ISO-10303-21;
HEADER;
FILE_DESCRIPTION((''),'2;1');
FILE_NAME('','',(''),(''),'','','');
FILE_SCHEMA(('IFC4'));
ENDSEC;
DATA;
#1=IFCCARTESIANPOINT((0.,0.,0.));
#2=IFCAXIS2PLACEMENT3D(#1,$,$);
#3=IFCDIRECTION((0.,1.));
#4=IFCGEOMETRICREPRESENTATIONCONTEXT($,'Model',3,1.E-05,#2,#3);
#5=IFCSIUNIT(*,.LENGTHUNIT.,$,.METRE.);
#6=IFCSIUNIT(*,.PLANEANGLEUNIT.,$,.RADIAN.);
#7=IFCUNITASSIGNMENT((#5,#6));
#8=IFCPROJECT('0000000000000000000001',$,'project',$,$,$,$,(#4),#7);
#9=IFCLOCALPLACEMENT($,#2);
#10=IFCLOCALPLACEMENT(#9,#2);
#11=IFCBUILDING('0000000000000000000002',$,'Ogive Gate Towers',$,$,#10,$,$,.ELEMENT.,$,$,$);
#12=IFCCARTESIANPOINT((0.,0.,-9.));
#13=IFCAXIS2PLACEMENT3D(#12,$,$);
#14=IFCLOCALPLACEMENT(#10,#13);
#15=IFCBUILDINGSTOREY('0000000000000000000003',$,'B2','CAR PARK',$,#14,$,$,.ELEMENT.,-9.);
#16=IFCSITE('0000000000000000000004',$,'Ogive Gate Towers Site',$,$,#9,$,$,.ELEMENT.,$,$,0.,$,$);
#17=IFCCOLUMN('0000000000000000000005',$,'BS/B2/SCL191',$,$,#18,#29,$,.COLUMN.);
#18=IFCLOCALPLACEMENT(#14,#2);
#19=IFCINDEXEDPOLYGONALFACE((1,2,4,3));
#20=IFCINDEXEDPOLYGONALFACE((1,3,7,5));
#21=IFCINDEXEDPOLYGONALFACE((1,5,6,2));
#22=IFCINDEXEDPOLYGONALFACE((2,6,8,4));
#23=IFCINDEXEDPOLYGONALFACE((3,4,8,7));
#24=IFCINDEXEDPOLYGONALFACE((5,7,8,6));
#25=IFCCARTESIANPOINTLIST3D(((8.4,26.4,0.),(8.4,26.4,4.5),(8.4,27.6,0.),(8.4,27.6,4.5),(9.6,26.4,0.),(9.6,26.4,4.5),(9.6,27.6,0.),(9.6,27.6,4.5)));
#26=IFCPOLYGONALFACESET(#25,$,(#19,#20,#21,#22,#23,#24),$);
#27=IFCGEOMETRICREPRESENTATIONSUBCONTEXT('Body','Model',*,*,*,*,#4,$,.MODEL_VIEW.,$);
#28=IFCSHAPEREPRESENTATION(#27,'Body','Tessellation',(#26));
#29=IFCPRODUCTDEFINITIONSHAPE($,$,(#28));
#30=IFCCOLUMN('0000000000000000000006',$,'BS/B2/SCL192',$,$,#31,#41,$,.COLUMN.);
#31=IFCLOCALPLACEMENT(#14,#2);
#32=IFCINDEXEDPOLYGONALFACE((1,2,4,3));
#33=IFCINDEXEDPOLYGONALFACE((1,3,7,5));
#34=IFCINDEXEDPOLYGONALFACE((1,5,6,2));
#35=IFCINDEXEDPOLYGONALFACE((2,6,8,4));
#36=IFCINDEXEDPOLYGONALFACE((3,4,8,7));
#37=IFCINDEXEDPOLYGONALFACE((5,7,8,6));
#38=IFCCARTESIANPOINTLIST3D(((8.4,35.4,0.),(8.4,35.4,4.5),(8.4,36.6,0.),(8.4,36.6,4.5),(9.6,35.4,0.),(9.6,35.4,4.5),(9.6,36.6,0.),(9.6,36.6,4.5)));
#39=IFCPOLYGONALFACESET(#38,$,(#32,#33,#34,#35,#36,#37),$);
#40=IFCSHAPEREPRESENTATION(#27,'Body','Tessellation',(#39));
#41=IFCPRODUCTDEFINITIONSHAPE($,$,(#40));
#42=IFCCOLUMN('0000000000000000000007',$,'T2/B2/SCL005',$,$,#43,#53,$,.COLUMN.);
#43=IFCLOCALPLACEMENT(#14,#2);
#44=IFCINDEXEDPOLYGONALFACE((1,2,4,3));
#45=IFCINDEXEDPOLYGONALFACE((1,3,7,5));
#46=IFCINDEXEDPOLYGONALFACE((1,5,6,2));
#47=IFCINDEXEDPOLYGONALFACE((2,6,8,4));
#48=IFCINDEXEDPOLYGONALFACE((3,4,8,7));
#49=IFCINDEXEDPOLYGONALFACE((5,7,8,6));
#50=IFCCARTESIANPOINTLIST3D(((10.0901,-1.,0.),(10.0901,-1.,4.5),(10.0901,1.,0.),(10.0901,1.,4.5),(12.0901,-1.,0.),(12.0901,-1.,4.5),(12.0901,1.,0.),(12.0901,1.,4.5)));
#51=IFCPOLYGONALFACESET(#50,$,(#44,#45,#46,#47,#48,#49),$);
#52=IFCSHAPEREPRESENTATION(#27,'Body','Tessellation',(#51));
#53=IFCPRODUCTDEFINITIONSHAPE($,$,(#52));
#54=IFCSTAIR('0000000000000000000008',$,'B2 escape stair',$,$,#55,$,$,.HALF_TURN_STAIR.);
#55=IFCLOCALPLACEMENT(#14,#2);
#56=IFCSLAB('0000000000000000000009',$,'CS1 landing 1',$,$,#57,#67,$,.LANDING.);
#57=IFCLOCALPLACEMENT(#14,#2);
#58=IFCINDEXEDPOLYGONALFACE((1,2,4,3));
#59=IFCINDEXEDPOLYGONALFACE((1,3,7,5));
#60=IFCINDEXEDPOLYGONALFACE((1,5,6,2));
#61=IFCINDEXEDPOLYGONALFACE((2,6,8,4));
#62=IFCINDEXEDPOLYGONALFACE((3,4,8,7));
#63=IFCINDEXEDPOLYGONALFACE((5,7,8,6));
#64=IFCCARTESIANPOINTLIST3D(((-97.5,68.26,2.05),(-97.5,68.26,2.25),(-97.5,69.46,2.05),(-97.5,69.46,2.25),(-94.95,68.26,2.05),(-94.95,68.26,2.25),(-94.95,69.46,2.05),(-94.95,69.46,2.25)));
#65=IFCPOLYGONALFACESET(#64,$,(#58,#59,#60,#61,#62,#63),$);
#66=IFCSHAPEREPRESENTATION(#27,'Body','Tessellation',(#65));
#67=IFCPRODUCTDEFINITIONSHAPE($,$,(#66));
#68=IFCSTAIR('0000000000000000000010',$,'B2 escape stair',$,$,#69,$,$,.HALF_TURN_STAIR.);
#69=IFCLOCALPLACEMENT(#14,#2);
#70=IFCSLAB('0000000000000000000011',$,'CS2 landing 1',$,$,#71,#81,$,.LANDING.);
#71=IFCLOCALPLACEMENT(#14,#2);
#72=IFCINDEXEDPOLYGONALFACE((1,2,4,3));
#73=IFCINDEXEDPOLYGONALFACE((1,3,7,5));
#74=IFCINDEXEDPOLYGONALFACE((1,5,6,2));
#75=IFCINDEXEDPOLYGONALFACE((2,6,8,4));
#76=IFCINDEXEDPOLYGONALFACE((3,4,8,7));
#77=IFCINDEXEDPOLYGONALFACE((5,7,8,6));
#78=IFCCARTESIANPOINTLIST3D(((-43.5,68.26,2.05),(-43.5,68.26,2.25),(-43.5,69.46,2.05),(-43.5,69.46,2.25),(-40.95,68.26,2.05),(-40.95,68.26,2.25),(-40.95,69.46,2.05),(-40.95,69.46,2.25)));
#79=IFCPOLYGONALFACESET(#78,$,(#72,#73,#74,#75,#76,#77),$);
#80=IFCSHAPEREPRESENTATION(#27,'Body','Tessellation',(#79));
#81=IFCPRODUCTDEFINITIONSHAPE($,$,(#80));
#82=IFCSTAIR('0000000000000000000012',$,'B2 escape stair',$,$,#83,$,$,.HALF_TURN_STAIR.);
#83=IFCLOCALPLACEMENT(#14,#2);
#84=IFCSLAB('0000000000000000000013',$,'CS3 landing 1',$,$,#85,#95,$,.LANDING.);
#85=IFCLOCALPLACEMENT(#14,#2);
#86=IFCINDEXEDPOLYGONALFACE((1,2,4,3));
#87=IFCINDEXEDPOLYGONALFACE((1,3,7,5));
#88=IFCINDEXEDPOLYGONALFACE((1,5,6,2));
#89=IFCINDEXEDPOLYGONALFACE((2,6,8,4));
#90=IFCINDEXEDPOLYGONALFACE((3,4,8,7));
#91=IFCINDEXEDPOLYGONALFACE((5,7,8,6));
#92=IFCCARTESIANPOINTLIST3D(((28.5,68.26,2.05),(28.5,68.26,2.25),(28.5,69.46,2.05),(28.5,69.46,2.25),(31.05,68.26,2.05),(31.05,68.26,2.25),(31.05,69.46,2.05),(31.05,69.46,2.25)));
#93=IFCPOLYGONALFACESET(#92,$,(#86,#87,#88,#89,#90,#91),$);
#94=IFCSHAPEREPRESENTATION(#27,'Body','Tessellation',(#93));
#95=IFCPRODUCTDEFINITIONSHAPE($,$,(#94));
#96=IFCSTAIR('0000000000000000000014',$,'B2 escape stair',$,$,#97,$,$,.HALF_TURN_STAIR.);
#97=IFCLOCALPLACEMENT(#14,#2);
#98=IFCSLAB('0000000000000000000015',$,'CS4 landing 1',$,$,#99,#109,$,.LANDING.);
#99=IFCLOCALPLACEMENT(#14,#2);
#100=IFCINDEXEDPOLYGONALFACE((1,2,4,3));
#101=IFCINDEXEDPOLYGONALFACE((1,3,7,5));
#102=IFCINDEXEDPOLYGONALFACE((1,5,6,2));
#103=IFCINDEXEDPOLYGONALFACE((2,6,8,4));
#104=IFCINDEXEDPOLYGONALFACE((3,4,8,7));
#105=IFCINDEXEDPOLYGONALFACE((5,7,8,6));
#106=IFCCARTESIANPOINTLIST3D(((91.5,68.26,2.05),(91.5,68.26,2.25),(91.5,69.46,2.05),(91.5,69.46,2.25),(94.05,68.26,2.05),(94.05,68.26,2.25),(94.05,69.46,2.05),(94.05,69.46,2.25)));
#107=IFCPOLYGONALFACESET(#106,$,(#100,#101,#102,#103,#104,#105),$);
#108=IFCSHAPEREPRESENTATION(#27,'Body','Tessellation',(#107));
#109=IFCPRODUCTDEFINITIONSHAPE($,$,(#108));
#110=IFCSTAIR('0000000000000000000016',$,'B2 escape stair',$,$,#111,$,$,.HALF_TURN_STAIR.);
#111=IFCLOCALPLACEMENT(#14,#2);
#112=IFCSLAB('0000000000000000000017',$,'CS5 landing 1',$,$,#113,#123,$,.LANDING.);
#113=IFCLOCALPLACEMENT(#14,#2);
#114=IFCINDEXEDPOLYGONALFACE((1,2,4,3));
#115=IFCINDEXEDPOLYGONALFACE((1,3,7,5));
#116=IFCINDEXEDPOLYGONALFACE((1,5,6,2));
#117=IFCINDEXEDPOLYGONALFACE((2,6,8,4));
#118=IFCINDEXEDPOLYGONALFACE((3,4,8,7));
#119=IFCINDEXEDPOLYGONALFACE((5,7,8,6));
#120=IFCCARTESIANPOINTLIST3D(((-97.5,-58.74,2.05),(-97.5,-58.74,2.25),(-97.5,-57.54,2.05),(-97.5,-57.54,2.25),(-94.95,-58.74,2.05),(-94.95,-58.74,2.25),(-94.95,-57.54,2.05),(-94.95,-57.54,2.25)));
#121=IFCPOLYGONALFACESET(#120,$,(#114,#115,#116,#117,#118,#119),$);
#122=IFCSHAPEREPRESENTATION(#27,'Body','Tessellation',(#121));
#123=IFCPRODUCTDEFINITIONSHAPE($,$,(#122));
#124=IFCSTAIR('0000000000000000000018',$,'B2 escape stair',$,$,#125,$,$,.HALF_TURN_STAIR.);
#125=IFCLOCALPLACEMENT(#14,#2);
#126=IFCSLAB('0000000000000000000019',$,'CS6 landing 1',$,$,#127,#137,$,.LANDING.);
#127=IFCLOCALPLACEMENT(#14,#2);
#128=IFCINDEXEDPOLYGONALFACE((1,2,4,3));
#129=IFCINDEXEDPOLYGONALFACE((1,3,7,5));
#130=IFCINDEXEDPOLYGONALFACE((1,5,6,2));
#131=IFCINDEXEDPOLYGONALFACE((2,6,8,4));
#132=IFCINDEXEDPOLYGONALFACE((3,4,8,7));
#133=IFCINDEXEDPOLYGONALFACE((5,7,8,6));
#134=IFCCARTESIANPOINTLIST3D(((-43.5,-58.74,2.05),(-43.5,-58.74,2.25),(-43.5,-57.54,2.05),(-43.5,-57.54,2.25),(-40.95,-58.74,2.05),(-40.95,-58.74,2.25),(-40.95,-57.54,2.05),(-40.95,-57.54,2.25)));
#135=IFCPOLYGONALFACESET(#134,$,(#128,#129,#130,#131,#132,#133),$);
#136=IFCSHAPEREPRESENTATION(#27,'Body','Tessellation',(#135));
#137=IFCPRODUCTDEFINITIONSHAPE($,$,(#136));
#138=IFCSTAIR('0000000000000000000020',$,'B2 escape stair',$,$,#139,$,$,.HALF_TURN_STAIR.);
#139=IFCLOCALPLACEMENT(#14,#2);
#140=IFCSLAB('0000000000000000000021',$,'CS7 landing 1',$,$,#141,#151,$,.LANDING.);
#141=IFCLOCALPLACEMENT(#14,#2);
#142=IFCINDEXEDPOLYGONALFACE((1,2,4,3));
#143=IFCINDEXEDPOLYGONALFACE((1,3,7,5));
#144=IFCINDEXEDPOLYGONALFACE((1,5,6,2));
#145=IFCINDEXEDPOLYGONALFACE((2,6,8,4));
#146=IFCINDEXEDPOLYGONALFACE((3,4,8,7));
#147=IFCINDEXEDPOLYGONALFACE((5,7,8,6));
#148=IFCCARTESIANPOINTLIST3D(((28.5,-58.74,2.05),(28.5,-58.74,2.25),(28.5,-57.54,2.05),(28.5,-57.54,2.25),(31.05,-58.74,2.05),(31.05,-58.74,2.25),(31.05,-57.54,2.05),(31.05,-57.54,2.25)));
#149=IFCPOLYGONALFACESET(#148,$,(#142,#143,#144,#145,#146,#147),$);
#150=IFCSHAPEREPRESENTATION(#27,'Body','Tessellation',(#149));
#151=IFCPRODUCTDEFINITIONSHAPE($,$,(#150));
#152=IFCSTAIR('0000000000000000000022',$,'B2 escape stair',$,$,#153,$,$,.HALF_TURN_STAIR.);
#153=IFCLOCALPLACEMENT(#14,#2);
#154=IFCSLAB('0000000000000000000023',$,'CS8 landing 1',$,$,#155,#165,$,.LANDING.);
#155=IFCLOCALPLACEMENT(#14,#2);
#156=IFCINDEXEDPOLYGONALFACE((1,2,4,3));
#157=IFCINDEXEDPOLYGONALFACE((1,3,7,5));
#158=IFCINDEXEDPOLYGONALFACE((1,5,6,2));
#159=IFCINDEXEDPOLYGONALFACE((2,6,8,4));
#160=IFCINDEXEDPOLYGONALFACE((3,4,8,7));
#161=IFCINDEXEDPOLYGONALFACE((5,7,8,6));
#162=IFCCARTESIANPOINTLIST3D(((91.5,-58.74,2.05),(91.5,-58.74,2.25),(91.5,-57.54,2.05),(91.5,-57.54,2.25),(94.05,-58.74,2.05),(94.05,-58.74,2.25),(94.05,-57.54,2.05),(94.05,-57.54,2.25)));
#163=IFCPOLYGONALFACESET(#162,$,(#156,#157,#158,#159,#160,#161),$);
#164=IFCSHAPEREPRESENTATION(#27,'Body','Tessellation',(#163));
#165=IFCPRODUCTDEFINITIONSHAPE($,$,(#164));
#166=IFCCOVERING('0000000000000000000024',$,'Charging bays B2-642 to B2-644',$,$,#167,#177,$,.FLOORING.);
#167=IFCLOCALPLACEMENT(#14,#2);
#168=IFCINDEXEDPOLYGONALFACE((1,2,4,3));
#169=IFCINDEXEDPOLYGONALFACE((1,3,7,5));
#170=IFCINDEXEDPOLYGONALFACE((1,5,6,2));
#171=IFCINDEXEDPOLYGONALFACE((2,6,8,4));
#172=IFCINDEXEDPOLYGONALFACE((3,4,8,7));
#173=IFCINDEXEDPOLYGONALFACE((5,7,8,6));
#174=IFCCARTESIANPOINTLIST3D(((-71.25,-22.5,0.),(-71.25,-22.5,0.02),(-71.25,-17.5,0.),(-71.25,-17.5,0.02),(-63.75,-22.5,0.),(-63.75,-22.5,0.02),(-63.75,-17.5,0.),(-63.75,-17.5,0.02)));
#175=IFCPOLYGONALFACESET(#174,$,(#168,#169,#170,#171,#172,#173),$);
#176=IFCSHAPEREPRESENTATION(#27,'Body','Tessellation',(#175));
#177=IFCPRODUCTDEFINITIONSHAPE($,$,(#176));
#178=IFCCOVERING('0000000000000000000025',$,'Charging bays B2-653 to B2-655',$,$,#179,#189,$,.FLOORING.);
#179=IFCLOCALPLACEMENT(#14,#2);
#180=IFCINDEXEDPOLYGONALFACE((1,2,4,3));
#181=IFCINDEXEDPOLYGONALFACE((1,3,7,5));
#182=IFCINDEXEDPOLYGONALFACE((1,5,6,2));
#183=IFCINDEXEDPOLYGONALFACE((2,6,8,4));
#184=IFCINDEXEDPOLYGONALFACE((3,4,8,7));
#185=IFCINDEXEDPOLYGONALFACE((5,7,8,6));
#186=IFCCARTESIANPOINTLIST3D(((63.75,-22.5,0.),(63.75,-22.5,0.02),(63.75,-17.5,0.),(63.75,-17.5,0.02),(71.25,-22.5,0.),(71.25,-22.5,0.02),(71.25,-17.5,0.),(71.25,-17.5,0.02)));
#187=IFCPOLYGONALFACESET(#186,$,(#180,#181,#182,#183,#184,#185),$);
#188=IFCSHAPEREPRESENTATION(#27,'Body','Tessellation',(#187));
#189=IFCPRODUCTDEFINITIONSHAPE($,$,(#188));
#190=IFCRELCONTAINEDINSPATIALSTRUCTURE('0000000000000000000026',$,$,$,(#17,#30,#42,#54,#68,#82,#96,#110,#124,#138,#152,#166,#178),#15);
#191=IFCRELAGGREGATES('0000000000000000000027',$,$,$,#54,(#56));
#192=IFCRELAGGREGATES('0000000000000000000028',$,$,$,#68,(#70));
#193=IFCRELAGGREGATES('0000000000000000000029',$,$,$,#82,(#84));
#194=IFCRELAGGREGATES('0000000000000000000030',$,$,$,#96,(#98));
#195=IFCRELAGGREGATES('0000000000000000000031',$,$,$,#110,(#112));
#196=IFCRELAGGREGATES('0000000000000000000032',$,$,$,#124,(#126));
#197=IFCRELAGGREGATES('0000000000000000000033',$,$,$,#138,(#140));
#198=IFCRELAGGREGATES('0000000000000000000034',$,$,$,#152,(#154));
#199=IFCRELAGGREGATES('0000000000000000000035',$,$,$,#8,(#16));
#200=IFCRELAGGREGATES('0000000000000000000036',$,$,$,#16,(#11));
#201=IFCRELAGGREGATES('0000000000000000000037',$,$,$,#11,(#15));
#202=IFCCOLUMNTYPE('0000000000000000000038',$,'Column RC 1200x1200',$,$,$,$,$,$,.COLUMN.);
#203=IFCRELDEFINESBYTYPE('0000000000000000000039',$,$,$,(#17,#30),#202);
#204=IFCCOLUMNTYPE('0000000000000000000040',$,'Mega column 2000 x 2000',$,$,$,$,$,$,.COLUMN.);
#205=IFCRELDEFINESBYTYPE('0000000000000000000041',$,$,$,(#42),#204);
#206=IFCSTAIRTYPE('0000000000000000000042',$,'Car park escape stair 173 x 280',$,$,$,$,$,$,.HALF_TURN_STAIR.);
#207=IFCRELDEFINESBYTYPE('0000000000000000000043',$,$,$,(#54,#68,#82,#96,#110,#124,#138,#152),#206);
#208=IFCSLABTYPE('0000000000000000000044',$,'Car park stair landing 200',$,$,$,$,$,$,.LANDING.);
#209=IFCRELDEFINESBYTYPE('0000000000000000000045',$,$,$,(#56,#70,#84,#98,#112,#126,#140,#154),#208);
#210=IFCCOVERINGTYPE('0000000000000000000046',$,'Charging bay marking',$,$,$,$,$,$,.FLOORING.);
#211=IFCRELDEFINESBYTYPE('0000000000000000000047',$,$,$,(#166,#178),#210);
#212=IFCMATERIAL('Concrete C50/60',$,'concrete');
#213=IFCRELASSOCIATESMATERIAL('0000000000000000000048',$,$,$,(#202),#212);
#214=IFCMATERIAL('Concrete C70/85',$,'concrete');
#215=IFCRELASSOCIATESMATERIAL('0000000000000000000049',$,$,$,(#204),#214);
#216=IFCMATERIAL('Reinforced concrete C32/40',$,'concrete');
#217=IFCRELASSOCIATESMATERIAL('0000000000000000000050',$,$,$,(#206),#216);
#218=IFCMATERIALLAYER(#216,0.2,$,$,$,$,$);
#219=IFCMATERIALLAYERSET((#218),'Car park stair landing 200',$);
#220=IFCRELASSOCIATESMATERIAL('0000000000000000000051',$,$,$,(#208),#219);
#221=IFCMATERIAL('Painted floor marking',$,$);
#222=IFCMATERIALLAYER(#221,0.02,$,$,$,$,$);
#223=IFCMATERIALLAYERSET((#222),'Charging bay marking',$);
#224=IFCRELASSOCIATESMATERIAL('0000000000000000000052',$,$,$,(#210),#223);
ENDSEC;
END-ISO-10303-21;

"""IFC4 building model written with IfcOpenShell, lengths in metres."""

from ifc_helpers import new_model, si_unit, direction, frame, origin, origin_2d, place, context, subcontext, project, spatial, polyline, rectangle, outline, extrude, material, layer, layer_set, material_profile, profile_set, type_object, element, aggregate, save


model = new_model("IFC4")

# Units and contexts
model_context = context("Model", 3, precision=1e-05, world=origin(), true_north=direction((0.0, 1.0)))
body_context = subcontext(model_context, "Body", "Model", "MODEL_VIEW")
ifc_project = project(units=[si_unit("LENGTHUNIT", "METRE"), si_unit("PLANEANGLEUNIT", "RADIAN")], contexts=[model_context])

# Site, building, storey
site_placement = place(None, origin())
site = spatial("IfcSite", under=ifc_project, at=site_placement, Name="Ogive Gate Towers Site", CompositionType="ELEMENT", RefElevation=0.0)
building_placement = place(site_placement, origin())
building = spatial("IfcBuilding", under=site, at=building_placement, Name="Ogive Gate Towers", CompositionType="ELEMENT")
storey_placement = place(building_placement, frame((0.0, 0.0, -9.0)))
storey = spatial("IfcBuildingStorey", under=building, at=storey_placement, Name="B2", Description="CAR PARK", CompositionType="ELEMENT", Elevation=-9.0)

# Columns
ifc_material_1 = material(Name="Concrete C50/60", Category="concrete")
ifc_material_profile_1 = material_profile(ifc_material_1, rectangle(XDim=1.2, YDim=1.2, at=origin_2d()), Name="RC 1200x1200")
ifc_profile_set_1 = profile_set([ifc_material_profile_1], Name="Concrete C50/60")
column_type_1 = type_object("IfcColumnType", Name="Column RC 1200x1200", PredefinedType="COLUMN", material=ifc_profile_set_1)
for number, where, z_axis, x_axis, name in (
    (1, (9.0, 27.0, 0.0), (0.0, 0.0, 1.0), (1.0, 0.0, 0.0), "BS/B2/SCL191"),
    (2, (9.0, 36.0, 0.0), (0.0, 0.0, 1.0), (1.0, 0.0, 0.0), "BS/B2/SCL192"),
):
    element("IfcColumn", number, at=place(storey_placement, frame(where, z_axis=z_axis, x_axis=x_axis)), inside=storey, type_object=column_type_1, Name=name, PredefinedType="COLUMN", context=body_context, shape_type="SweptSolid", body=[
        extrude(rectangle(XDim=1.2, YDim=1.2, at=origin_2d()), origin(), (0.0, 0.0, 1.0), 4.5),
    ])
ifc_material_2 = material(Name="Concrete C70/85", Category="concrete")
ifc_material_profile_2 = material_profile(ifc_material_2, rectangle(XDim=2.0, YDim=2.0, at=origin_2d()), Name="RC 2000x2000")
ifc_profile_set_2 = profile_set([ifc_material_profile_2], Name="Concrete C70/85")
column_type_2 = type_object("IfcColumnType", Name="Mega column 2000 x 2000", PredefinedType="COLUMN", material=ifc_profile_set_2)
column_placement = place(storey_placement, frame((11.0901, 0.0, 0.0), z_axis=(0.0, 0.0, 1.0), x_axis=(-1.0, 0.0, 0.0)))
element("IfcColumn", 3, at=column_placement, inside=storey, type_object=column_type_2, Name="T2/B2/SCL005", PredefinedType="COLUMN", context=body_context, shape_type="SweptSolid", body=[
    extrude(rectangle(XDim=2.0, YDim=2.0, at=origin_2d()), origin(), (0.0, 0.0, 1.0), 4.5),
])

# Stairs, slabs
ifc_material_3 = material(Name="Reinforced concrete C32/40", Category="concrete")
stair_type = type_object("IfcStairType", Name="Car park escape stair 173 x 280", PredefinedType="HALF_TURN_STAIR", material=ifc_material_3)
stair_1_placement = place(storey_placement, origin())
stair_1 = element("IfcStair", 4, at=stair_1_placement, inside=storey, type_object=stair_type, Name="B2 escape stair", PredefinedType="HALF_TURN_STAIR")
ifc_layer_1 = layer(ifc_material_3, 0.2)
ifc_layer_set_1 = layer_set([ifc_layer_1], Name="Car park stair landing 200")
slab_type = type_object("IfcSlabType", Name="Car park stair landing 200", PredefinedType="LANDING", material=ifc_layer_set_1)
slab_1_placement = place(storey_placement, frame((0.0, 0.0, 2.05)))
slab_1 = element("IfcSlab", 5, at=slab_1_placement, type_object=slab_type, Name="CS1 landing 1", PredefinedType="LANDING", context=body_context, shape_type="SweptSolid", body=[
    extrude(outline(polyline([(-94.95, 68.26), (-94.95, 69.46), (-97.5, 69.46), (-97.5, 68.26), (-94.95, 68.26)])), origin(), (0.0, 0.0, 1.0), 0.2),
])
aggregate(stair_1, [slab_1])
stair_2_placement = place(storey_placement, origin())
stair_2 = element("IfcStair", 6, at=stair_2_placement, inside=storey, type_object=stair_type, Name="B2 escape stair", PredefinedType="HALF_TURN_STAIR")
slab_2_placement = place(storey_placement, frame((0.0, 0.0, 2.05)))
slab_2 = element("IfcSlab", 7, at=slab_2_placement, type_object=slab_type, Name="CS2 landing 1", PredefinedType="LANDING", context=body_context, shape_type="SweptSolid", body=[
    extrude(outline(polyline([(-40.95, 68.26), (-40.95, 69.46), (-43.5, 69.46), (-43.5, 68.26), (-40.95, 68.26)])), origin(), (0.0, 0.0, 1.0), 0.2),
])
aggregate(stair_2, [slab_2])
stair_3_placement = place(storey_placement, origin())
stair_3 = element("IfcStair", 8, at=stair_3_placement, inside=storey, type_object=stair_type, Name="B2 escape stair", PredefinedType="HALF_TURN_STAIR")
slab_3_placement = place(storey_placement, frame((0.0, 0.0, 2.05)))
slab_3 = element("IfcSlab", 9, at=slab_3_placement, type_object=slab_type, Name="CS3 landing 1", PredefinedType="LANDING", context=body_context, shape_type="SweptSolid", body=[
    extrude(outline(polyline([(31.05, 68.26), (31.05, 69.46), (28.5, 69.46), (28.5, 68.26), (31.05, 68.26)])), origin(), (0.0, 0.0, 1.0), 0.2),
])
aggregate(stair_3, [slab_3])
stair_4_placement = place(storey_placement, origin())
stair_4 = element("IfcStair", 10, at=stair_4_placement, inside=storey, type_object=stair_type, Name="B2 escape stair", PredefinedType="HALF_TURN_STAIR")
slab_4_placement = place(storey_placement, frame((0.0, 0.0, 2.05)))
slab_4 = element("IfcSlab", 11, at=slab_4_placement, type_object=slab_type, Name="CS4 landing 1", PredefinedType="LANDING", context=body_context, shape_type="SweptSolid", body=[
    extrude(outline(polyline([(94.05, 68.26), (94.05, 69.46), (91.5, 69.46), (91.5, 68.26), (94.05, 68.26)])), origin(), (0.0, 0.0, 1.0), 0.2),
])
aggregate(stair_4, [slab_4])
stair_5_placement = place(storey_placement, origin())
stair_5 = element("IfcStair", 12, at=stair_5_placement, inside=storey, type_object=stair_type, Name="B2 escape stair", PredefinedType="HALF_TURN_STAIR")
slab_5_placement = place(storey_placement, frame((0.0, 0.0, 2.05)))
slab_5 = element("IfcSlab", 13, at=slab_5_placement, type_object=slab_type, Name="CS5 landing 1", PredefinedType="LANDING", context=body_context, shape_type="SweptSolid", body=[
    extrude(outline(polyline([(-94.95, -58.74), (-94.95, -57.54), (-97.5, -57.54), (-97.5, -58.74), (-94.95, -58.74)])), origin(), (0.0, 0.0, 1.0), 0.2),
])
aggregate(stair_5, [slab_5])
stair_6_placement = place(storey_placement, origin())
stair_6 = element("IfcStair", 14, at=stair_6_placement, inside=storey, type_object=stair_type, Name="B2 escape stair", PredefinedType="HALF_TURN_STAIR")
slab_6_placement = place(storey_placement, frame((0.0, 0.0, 2.05)))
slab_6 = element("IfcSlab", 15, at=slab_6_placement, type_object=slab_type, Name="CS6 landing 1", PredefinedType="LANDING", context=body_context, shape_type="SweptSolid", body=[
    extrude(outline(polyline([(-40.95, -58.74), (-40.95, -57.54), (-43.5, -57.54), (-43.5, -58.74), (-40.95, -58.74)])), origin(), (0.0, 0.0, 1.0), 0.2),
])
aggregate(stair_6, [slab_6])
stair_7_placement = place(storey_placement, origin())
stair_7 = element("IfcStair", 16, at=stair_7_placement, inside=storey, type_object=stair_type, Name="B2 escape stair", PredefinedType="HALF_TURN_STAIR")
slab_7_placement = place(storey_placement, frame((0.0, 0.0, 2.05)))
slab_7 = element("IfcSlab", 17, at=slab_7_placement, type_object=slab_type, Name="CS7 landing 1", PredefinedType="LANDING", context=body_context, shape_type="SweptSolid", body=[
    extrude(outline(polyline([(31.05, -58.74), (31.05, -57.54), (28.5, -57.54), (28.5, -58.74), (31.05, -58.74)])), origin(), (0.0, 0.0, 1.0), 0.2),
])
aggregate(stair_7, [slab_7])
stair_8_placement = place(storey_placement, origin())
stair_8 = element("IfcStair", 18, at=stair_8_placement, inside=storey, type_object=stair_type, Name="B2 escape stair", PredefinedType="HALF_TURN_STAIR")
slab_8_placement = place(storey_placement, frame((0.0, 0.0, 2.05)))
slab_8 = element("IfcSlab", 19, at=slab_8_placement, type_object=slab_type, Name="CS8 landing 1", PredefinedType="LANDING", context=body_context, shape_type="SweptSolid", body=[
    extrude(outline(polyline([(94.05, -58.74), (94.05, -57.54), (91.5, -57.54), (91.5, -58.74), (94.05, -58.74)])), origin(), (0.0, 0.0, 1.0), 0.2),
])
aggregate(stair_8, [slab_8])

# Coverings
ifc_material_4 = material(Name="Painted floor marking")
ifc_layer_2 = layer(ifc_material_4, 0.02)
ifc_layer_set_2 = layer_set([ifc_layer_2], Name="Charging bay marking")
covering_type_1 = type_object("IfcCoveringType", Name="Charging bay marking", PredefinedType="FLOORING", material=ifc_layer_set_2)
covering_1_placement = place(storey_placement, origin())
element("IfcCovering", 20, at=covering_1_placement, inside=storey, type_object=covering_type_1, Name="Charging bays B2-642 to B2-644", PredefinedType="FLOORING", context=body_context, shape_type="SweptSolid", body=[
    extrude(outline(polyline([(-63.75, -17.5), (-63.75, -22.5), (-71.25, -22.5), (-71.25, -17.5), (-63.75, -17.5)])), origin(), (0.0, 0.0, 1.0), 0.02),
])
covering_2_placement = place(storey_placement, origin())
element("IfcCovering", 21, at=covering_2_placement, inside=storey, type_object=covering_type_1, Name="Charging bays B2-653 to B2-655", PredefinedType="FLOORING", context=body_context, shape_type="SweptSolid", body=[
    extrude(outline(polyline([(71.25, -17.5), (71.25, -22.5), (63.75, -22.5), (63.75, -17.5), (71.25, -17.5)])), origin(), (0.0, 0.0, 1.0), 0.02),
])

save(model, "model.ifc")
